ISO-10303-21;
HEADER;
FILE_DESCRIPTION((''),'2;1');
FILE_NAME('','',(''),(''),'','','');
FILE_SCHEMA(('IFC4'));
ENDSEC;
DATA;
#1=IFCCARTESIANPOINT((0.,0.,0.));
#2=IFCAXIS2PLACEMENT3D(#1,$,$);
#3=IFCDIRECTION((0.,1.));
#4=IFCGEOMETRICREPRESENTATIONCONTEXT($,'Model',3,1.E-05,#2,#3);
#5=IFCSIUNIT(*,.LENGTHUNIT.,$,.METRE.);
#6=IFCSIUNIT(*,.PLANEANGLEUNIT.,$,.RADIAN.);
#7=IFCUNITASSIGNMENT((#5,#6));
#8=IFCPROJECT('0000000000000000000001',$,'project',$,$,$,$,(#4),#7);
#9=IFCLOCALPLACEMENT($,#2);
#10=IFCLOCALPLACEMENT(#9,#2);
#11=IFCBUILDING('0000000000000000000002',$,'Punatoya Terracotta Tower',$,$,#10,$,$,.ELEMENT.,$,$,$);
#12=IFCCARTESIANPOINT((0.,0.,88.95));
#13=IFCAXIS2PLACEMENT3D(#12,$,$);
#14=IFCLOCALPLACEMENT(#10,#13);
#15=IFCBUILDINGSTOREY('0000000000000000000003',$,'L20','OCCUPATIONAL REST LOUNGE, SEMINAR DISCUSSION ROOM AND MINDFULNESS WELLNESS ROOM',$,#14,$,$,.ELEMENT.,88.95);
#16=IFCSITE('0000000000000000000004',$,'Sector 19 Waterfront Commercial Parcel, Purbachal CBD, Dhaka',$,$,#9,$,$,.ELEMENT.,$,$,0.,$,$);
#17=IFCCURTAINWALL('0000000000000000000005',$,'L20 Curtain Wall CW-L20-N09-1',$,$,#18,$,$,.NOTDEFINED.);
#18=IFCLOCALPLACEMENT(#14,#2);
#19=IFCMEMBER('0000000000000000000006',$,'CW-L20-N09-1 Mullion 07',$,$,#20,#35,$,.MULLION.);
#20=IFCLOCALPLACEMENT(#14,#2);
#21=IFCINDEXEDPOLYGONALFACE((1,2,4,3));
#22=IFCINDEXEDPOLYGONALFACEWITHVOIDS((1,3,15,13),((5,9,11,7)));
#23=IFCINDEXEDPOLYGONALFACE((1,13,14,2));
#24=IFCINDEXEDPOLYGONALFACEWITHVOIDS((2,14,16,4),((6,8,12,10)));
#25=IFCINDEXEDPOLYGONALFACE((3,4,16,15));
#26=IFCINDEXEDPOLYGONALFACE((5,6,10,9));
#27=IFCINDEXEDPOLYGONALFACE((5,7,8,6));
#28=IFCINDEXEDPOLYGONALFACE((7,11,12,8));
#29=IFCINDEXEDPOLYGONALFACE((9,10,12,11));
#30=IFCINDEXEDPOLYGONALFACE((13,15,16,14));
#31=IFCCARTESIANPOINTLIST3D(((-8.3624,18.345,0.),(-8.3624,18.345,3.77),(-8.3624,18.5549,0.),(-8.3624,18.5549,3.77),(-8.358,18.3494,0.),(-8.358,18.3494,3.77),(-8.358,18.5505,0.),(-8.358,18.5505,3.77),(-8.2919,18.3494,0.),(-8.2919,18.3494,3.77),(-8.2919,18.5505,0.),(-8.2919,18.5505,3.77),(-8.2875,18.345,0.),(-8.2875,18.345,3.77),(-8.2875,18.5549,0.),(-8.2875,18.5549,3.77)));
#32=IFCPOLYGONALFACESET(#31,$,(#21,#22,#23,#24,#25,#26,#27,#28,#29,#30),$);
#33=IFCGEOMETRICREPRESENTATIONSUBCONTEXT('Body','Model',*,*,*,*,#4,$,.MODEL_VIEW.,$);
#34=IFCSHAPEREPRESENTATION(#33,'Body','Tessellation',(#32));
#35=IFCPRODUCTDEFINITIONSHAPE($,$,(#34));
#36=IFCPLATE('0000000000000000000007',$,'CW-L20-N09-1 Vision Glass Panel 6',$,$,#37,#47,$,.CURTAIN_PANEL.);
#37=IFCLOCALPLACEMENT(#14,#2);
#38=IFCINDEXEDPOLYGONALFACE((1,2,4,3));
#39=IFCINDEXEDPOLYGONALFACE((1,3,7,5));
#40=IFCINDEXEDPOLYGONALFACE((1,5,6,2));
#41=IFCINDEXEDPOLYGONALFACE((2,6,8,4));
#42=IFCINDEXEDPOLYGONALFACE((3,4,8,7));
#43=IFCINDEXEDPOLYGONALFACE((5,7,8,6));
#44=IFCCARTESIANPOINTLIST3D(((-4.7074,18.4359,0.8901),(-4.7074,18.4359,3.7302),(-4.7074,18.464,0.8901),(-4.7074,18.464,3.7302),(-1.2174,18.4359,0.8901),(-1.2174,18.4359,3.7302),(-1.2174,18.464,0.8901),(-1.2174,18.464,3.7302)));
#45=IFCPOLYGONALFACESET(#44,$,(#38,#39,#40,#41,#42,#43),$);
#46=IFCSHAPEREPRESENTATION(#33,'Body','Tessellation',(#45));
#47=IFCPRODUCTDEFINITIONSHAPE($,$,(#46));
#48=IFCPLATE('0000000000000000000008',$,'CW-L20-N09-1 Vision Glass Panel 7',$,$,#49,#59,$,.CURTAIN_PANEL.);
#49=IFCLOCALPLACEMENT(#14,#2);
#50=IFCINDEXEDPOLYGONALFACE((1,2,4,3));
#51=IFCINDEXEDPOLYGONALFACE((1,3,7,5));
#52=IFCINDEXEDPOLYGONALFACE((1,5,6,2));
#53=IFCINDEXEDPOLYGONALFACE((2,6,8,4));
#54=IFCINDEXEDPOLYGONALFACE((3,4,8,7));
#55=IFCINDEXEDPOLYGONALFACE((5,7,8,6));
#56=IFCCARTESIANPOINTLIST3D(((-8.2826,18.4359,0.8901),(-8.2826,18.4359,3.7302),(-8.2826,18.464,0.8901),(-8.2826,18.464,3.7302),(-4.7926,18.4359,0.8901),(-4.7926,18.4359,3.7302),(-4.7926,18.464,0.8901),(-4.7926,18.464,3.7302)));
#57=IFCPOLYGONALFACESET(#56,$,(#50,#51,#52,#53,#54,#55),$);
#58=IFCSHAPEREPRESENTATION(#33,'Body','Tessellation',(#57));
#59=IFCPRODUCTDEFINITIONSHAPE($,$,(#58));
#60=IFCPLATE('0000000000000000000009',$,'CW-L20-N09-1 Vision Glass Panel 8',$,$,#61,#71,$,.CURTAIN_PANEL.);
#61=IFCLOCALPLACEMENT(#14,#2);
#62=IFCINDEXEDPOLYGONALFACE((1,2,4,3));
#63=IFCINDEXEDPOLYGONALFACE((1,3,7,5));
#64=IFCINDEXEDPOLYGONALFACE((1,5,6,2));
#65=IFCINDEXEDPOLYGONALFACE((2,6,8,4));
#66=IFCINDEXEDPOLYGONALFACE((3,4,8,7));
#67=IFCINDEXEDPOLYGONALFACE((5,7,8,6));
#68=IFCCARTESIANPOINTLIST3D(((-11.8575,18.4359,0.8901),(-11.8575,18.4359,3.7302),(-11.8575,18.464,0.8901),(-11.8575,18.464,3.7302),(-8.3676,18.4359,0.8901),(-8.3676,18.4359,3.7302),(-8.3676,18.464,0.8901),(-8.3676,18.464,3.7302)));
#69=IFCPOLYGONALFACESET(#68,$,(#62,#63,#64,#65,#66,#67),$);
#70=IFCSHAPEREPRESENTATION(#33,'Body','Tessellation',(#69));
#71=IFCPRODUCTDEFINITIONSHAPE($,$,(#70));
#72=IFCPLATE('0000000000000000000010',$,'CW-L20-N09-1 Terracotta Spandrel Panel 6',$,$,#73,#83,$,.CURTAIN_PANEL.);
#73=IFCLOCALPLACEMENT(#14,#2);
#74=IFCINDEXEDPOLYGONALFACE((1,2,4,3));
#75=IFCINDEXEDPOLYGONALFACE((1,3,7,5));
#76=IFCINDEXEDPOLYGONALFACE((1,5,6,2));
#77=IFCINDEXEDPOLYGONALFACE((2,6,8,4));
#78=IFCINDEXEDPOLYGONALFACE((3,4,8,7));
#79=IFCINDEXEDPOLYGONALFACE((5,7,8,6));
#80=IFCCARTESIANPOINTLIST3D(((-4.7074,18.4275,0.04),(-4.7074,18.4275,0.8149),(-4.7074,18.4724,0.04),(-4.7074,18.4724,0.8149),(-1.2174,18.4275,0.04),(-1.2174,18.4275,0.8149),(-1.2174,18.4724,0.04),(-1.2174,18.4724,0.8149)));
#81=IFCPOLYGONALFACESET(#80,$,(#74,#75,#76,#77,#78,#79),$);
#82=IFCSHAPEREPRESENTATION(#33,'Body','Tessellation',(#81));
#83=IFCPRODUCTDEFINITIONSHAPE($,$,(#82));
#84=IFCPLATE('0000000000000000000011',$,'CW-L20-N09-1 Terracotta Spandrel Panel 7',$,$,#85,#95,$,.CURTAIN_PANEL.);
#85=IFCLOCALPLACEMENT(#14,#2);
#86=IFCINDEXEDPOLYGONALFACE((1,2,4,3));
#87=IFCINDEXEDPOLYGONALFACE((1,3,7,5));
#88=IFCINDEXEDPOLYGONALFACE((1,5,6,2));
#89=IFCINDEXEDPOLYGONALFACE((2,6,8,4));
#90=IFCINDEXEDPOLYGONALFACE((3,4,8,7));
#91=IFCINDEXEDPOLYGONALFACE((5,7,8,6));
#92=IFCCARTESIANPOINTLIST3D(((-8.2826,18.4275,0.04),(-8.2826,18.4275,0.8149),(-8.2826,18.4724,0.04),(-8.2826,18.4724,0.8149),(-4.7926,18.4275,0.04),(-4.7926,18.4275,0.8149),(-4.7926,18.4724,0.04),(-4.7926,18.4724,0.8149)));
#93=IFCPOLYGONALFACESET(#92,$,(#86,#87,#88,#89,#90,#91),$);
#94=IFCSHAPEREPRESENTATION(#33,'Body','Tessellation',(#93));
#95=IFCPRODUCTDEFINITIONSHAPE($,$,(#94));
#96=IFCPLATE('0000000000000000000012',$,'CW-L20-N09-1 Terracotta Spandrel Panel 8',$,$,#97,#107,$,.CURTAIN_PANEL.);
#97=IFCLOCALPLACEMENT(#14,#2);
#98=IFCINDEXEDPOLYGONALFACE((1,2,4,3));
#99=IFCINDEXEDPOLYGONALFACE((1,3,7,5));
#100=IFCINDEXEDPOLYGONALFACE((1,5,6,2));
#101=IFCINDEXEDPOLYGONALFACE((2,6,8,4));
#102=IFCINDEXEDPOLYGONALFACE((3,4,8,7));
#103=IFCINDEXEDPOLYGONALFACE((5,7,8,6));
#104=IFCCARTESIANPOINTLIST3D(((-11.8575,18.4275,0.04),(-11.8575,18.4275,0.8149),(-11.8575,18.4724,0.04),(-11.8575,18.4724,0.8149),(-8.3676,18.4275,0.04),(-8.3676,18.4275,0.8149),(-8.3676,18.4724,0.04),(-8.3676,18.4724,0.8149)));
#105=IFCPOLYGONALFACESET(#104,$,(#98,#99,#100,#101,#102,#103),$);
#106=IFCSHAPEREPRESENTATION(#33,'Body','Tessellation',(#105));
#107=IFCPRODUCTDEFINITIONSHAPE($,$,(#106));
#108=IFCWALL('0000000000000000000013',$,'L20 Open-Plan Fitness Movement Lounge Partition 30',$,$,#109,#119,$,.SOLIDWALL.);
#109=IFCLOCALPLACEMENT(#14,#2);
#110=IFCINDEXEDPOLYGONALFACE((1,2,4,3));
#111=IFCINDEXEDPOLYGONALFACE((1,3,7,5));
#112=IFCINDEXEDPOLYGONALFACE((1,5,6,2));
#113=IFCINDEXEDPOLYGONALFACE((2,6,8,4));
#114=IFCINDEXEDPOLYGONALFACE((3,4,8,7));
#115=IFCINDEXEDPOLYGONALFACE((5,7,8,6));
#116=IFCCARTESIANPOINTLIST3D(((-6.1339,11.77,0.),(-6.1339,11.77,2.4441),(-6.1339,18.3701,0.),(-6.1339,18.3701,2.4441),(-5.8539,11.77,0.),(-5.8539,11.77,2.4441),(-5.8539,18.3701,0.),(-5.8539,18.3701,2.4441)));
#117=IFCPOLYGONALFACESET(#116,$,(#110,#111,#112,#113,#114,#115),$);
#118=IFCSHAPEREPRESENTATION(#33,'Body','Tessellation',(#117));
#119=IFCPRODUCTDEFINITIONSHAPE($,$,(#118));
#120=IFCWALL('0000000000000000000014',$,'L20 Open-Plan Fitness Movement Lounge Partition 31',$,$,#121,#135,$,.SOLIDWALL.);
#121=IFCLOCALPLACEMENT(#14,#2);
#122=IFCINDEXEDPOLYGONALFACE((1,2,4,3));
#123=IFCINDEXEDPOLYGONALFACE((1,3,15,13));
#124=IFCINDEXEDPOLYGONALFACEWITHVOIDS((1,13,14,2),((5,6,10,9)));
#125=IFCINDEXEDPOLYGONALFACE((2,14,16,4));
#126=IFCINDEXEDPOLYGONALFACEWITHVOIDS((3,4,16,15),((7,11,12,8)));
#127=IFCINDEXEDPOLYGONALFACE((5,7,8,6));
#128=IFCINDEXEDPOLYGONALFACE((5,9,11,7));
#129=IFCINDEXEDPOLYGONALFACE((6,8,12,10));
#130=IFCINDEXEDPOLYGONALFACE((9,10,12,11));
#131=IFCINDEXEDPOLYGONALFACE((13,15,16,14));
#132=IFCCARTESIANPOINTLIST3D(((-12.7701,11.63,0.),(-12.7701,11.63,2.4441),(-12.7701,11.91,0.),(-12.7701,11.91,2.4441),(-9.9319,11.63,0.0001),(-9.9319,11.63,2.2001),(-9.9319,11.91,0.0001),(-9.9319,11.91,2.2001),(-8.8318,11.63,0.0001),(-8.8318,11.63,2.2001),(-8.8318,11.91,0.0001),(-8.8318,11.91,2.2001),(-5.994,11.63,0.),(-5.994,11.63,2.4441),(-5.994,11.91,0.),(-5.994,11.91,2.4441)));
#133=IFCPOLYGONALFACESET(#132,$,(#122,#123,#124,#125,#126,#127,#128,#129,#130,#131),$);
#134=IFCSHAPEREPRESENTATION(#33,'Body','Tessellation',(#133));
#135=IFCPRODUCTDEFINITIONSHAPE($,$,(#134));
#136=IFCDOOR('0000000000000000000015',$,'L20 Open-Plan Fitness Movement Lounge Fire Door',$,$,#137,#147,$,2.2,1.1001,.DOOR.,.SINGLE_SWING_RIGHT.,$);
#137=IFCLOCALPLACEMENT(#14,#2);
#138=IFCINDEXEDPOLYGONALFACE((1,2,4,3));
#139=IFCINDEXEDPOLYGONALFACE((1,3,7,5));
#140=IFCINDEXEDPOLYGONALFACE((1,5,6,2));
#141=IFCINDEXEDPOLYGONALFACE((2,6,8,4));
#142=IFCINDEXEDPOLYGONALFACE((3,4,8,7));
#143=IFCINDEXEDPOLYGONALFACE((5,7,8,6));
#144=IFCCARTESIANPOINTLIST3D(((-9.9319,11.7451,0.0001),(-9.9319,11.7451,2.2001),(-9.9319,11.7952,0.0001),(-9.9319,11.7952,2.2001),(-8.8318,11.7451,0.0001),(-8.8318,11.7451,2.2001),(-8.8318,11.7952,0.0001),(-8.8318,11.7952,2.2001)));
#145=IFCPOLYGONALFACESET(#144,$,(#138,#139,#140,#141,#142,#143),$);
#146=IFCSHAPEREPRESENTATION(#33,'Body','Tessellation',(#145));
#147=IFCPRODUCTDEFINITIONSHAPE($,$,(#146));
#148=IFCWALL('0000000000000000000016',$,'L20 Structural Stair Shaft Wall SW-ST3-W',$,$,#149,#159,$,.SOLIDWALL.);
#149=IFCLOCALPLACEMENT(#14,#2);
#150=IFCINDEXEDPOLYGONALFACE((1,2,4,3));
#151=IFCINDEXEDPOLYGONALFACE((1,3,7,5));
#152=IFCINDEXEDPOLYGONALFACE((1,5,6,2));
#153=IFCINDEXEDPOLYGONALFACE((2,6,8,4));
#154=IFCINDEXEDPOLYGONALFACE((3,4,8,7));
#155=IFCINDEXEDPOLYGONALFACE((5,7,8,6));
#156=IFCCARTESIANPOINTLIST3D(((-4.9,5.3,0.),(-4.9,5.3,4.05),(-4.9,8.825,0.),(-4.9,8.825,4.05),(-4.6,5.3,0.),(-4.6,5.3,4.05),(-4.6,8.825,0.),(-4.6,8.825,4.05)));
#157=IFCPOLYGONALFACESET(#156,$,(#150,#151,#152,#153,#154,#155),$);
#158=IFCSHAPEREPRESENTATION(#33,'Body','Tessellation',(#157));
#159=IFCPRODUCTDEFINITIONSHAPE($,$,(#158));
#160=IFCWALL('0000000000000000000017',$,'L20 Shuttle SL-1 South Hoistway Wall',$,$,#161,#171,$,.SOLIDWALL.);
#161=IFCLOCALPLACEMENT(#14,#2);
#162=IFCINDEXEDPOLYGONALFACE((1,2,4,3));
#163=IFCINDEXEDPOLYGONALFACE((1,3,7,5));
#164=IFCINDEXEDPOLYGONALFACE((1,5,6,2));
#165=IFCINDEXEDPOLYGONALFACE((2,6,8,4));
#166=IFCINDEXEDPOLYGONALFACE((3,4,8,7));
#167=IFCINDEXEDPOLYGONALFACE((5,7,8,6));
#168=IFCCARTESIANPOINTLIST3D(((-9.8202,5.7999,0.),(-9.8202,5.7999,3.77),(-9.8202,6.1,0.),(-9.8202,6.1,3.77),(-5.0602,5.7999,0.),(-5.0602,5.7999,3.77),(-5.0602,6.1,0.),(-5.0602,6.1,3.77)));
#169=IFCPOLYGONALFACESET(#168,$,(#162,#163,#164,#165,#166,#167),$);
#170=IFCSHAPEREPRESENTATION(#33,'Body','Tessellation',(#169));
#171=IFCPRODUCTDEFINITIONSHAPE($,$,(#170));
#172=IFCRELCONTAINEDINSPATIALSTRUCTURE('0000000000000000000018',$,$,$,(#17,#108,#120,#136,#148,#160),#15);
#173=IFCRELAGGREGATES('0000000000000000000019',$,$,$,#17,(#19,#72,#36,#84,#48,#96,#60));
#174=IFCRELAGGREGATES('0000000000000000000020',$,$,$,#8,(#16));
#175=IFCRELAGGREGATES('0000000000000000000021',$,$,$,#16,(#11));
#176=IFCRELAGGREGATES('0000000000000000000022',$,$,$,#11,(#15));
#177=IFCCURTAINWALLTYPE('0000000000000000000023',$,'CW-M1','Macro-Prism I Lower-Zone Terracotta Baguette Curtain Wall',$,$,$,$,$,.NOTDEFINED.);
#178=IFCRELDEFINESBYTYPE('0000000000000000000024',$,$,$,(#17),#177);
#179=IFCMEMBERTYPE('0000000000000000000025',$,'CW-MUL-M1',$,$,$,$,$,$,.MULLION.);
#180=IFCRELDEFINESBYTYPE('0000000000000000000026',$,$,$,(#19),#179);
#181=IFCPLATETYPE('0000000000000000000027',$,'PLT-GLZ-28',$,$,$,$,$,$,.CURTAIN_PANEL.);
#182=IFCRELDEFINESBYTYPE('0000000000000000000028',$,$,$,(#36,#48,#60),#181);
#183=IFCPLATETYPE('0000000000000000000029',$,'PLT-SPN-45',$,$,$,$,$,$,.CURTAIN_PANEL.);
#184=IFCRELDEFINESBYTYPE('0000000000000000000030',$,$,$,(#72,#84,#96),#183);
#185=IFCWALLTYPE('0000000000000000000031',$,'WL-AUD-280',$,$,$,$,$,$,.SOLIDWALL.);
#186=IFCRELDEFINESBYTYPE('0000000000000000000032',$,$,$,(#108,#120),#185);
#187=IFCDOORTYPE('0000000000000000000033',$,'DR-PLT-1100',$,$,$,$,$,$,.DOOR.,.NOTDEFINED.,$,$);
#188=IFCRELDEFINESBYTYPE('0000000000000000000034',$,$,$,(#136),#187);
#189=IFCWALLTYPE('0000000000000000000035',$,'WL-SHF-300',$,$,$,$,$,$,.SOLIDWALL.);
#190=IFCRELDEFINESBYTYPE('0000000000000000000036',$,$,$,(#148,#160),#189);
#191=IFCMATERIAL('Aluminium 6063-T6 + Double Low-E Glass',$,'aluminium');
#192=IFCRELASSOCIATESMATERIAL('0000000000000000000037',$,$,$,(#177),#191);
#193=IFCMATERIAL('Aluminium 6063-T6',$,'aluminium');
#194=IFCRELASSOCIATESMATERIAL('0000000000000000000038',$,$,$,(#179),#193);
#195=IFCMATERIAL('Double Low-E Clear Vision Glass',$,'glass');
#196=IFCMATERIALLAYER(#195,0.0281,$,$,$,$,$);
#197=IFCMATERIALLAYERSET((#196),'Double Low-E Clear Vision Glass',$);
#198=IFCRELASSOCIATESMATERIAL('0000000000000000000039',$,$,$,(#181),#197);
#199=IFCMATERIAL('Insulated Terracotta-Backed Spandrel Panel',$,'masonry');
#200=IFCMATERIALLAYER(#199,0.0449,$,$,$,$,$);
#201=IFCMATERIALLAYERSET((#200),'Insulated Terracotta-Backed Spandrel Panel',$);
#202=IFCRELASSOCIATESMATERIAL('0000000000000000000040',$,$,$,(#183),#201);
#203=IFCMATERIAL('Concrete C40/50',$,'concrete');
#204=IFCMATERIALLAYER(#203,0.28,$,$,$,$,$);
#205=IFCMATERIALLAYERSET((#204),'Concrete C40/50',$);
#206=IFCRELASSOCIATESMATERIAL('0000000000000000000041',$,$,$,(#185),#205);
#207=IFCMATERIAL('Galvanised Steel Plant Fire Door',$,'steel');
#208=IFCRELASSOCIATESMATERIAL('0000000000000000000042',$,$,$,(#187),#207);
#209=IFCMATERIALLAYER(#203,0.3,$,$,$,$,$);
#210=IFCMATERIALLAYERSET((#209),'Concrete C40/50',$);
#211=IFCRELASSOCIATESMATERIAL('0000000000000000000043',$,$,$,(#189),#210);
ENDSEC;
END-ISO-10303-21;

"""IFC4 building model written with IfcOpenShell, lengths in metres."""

from ifc_helpers import new_model, si_unit, direction, frame, frame_2d, origin, origin_2d, place, context, subcontext, project, spatial, rectangle, hollow_rectangle, extrude, material, layer, layer_set, material_profile, profile_set, type_object, element, fill, aggregate, save


model = new_model("IFC4")

# Units and contexts
model_context = context("Model", 3, precision=1e-05, world=origin(), true_north=direction((0.0, 1.0)))
body_context = subcontext(model_context, "Body", "Model", "MODEL_VIEW")
ifc_project = project(units=[si_unit("LENGTHUNIT", "METRE"), si_unit("PLANEANGLEUNIT", "RADIAN")], contexts=[model_context])

# Site, building, storey
site_placement = place(None, origin())
site = spatial("IfcSite", under=ifc_project, at=site_placement, Name="Sector 19 Waterfront Commercial Parcel, Purbachal CBD, Dhaka", CompositionType="ELEMENT", RefElevation=0.0)
building_placement = place(site_placement, origin())
building = spatial("IfcBuilding", under=site, at=building_placement, Name="Punatoya Terracotta Tower", CompositionType="ELEMENT")
storey_placement = place(building_placement, frame((0.0, 0.0, 88.95)))
storey = spatial("IfcBuildingStorey", under=building, at=storey_placement, Name="L20", Description="OCCUPATIONAL REST LOUNGE, SEMINAR DISCUSSION ROOM AND MINDFULNESS WELLNESS ROOM", CompositionType="ELEMENT", Elevation=88.95)

# Curtain wall, member, plates
ifc_material_1 = material(Name="Aluminium 6063-T6 + Double Low-E Glass", Category="aluminium")
curtain_wall_type = type_object("IfcCurtainWallType", Name="CW-M1", Description="Macro-Prism I Lower-Zone Terracotta Baguette Curtain Wall", PredefinedType="NOTDEFINED", material=ifc_material_1)
curtain_wall_placement = place(storey_placement, origin())
curtain_wall = element("IfcCurtainWall", 1, at=curtain_wall_placement, inside=storey, type_object=curtain_wall_type, Name="L20 Curtain Wall CW-L20-N09-1", PredefinedType="NOTDEFINED")
ifc_material_2 = material(Name="Aluminium 6063-T6", Category="aluminium")
ifc_material_profile_1 = material_profile(ifc_material_2, hollow_rectangle(XDim=0.075, YDim=0.21, WallThickness=0.0044, at=origin_2d()))
ifc_profile_set_1 = profile_set([ifc_material_profile_1], Name="Aluminium 6063-T6")
member_type = type_object("IfcMemberType", Name="CW-MUL-M1", PredefinedType="MULLION", material=ifc_profile_set_1)
member_1_placement = place(storey_placement, frame((-8.325, 18.45, 0.0), z_axis=(0.0, 0.0, 1.0), x_axis=(1.0, 0.0, 0.0)))
member_1 = element("IfcMember", 2, at=member_1_placement, type_object=member_type, Name="CW-L20-N09-1 Mullion 07", PredefinedType="MULLION", context=body_context, shape_type="SweptSolid", body=[
    extrude(hollow_rectangle(XDim=0.075, YDim=0.21, WallThickness=0.0044, at=origin_2d()), origin(), (0.0, 0.0, 1.0), 3.77),
])
ifc_material_3 = material(Name="Double Low-E Clear Vision Glass", Category="glass")
ifc_layer_1 = layer(ifc_material_3, 0.0281)
ifc_layer_set_1 = layer_set([ifc_layer_1], Name="Double Low-E Clear Vision Glass")
plate_type_1 = type_object("IfcPlateType", Name="PLT-GLZ-28", PredefinedType="CURTAIN_PANEL", material=ifc_layer_set_1)
plate_1_placement = place(storey_placement, frame((-2.9624, 18.45, 0.8901), z_axis=(0.0, 0.0, 1.0), x_axis=(-1.0, 0.0, 0.0)))
plate_1 = element("IfcPlate", 3, at=plate_1_placement, type_object=plate_type_1, Name="CW-L20-N09-1 Vision Glass Panel 6", PredefinedType="CURTAIN_PANEL", context=body_context, shape_type="SweptSolid", body=[
    extrude(rectangle(XDim=3.49, YDim=0.0281, at=origin_2d()), origin(), (0.0, 0.0, 1.0), 2.8401),
])
plate_2_placement = place(storey_placement, frame((-6.5376, 18.45, 0.8901), z_axis=(0.0, 0.0, 1.0), x_axis=(-1.0, 0.0, 0.0)))
plate_2 = element("IfcPlate", 4, at=plate_2_placement, type_object=plate_type_1, Name="CW-L20-N09-1 Vision Glass Panel 7", PredefinedType="CURTAIN_PANEL", context=body_context, shape_type="SweptSolid", body=[
    extrude(rectangle(XDim=3.49, YDim=0.0281, at=origin_2d()), origin(), (0.0, 0.0, 1.0), 2.8401),
])
plate_3_placement = place(storey_placement, frame((-10.1125, 18.45, 0.8901), z_axis=(0.0, 0.0, 1.0), x_axis=(-1.0, 0.0, 0.0)))
plate_3 = element("IfcPlate", 5, at=plate_3_placement, type_object=plate_type_1, Name="CW-L20-N09-1 Vision Glass Panel 8", PredefinedType="CURTAIN_PANEL", context=body_context, shape_type="SweptSolid", body=[
    extrude(rectangle(XDim=3.49, YDim=0.0281, at=origin_2d()), origin(), (0.0, 0.0, 1.0), 2.8401),
])
ifc_material_4 = material(Name="Insulated Terracotta-Backed Spandrel Panel", Category="masonry")
ifc_layer_2 = layer(ifc_material_4, 0.0449)
ifc_layer_set_2 = layer_set([ifc_layer_2], Name="Insulated Terracotta-Backed Spandrel Panel")
plate_type_2 = type_object("IfcPlateType", Name="PLT-SPN-45", PredefinedType="CURTAIN_PANEL", material=ifc_layer_set_2)
plate_4_placement = place(storey_placement, frame((-2.9624, 18.45, 0.04), z_axis=(0.0, 0.0, 1.0), x_axis=(-1.0, 0.0, 0.0)))
plate_4 = element("IfcPlate", 6, at=plate_4_placement, type_object=plate_type_2, Name="CW-L20-N09-1 Terracotta Spandrel Panel 6", PredefinedType="CURTAIN_PANEL", context=body_context, shape_type="SweptSolid", body=[
    extrude(rectangle(XDim=3.49, YDim=0.0449, at=origin_2d()), origin(), (0.0, 0.0, 1.0), 0.7749),
])
plate_5_placement = place(storey_placement, frame((-6.5376, 18.45, 0.04), z_axis=(0.0, 0.0, 1.0), x_axis=(-1.0, 0.0, 0.0)))
plate_5 = element("IfcPlate", 7, at=plate_5_placement, type_object=plate_type_2, Name="CW-L20-N09-1 Terracotta Spandrel Panel 7", PredefinedType="CURTAIN_PANEL", context=body_context, shape_type="SweptSolid", body=[
    extrude(rectangle(XDim=3.49, YDim=0.0449, at=origin_2d()), origin(), (0.0, 0.0, 1.0), 0.7749),
])
plate_6_placement = place(storey_placement, frame((-10.1125, 18.45, 0.04), z_axis=(0.0, 0.0, 1.0), x_axis=(-1.0, 0.0, 0.0)))
plate_6 = element("IfcPlate", 8, at=plate_6_placement, type_object=plate_type_2, Name="CW-L20-N09-1 Terracotta Spandrel Panel 8", PredefinedType="CURTAIN_PANEL", context=body_context, shape_type="SweptSolid", body=[
    extrude(rectangle(XDim=3.49, YDim=0.0449, at=origin_2d()), origin(), (0.0, 0.0, 1.0), 0.7749),
])
aggregate(curtain_wall, [member_1, plate_4, plate_1, plate_5, plate_2, plate_6, plate_3])

# Wall
ifc_material_5 = material(Name="Concrete C40/50", Category="concrete")
ifc_layer_3 = layer(ifc_material_5, 0.28)
ifc_layer_set_3 = layer_set([ifc_layer_3], Name="Concrete C40/50")
wall_type_1 = type_object("IfcWallType", Name="WL-AUD-280", PredefinedType="SOLIDWALL", material=ifc_layer_set_3)
wall_1_placement = place(storey_placement, frame((-5.9939, 18.3701, 0.0), z_axis=(0.0, 0.0, 1.0), x_axis=(0.0, -1.0, 0.0)))
element("IfcWall", 9, at=wall_1_placement, inside=storey, type_object=wall_type_1, Name="L20 Open-Plan Fitness Movement Lounge Partition 30", PredefinedType="SOLIDWALL", context=body_context, shape_type="SweptSolid", body=[
    extrude(rectangle(XDim=6.6001, YDim=0.28, at=frame_2d((3.3, 0.0))), origin(), (0.0, 0.0, 1.0), 2.4441),
])

# Wall, opening, door
wall_2_placement = place(storey_placement, frame((-5.9939, 11.77, 0.0), z_axis=(0.0, 0.0, 1.0), x_axis=(-1.0, 0.0, 0.0)))
wall_2 = element("IfcWall", 10, at=wall_2_placement, inside=storey, type_object=wall_type_1, Name="L20 Open-Plan Fitness Movement Lounge Partition 31", PredefinedType="SOLIDWALL", context=body_context, shape_type="SweptSolid", body=[
    extrude(rectangle(XDim=6.7761, YDim=0.28, at=frame_2d((3.3882, 0.0))), origin(), (0.0, 0.0, 1.0), 2.4441),
])
opening_placement = place(wall_2_placement, frame((2.8379, 0.0, 0.0)))
opening = element("IfcOpeningElement", 11, at=opening_placement, cuts=wall_2, PredefinedType="OPENING", context=body_context, shape_type="SweptSolid", body=[
    extrude(rectangle(XDim=1.1001, YDim=2.2, at=frame_2d((0.55, 1.1001))), frame((0.0, 0.1499, 0.0), z_axis=(0.0, -1.0, 0.0), x_axis=(1.0, 0.0, 0.0)), (0.0, 0.0, 1.0), 0.3),
])
ifc_material_6 = material(Name="Galvanised Steel Plant Fire Door", Category="steel")
door_type = type_object("IfcDoorType", Name="DR-PLT-1100", OperationType="NOTDEFINED", PredefinedType="DOOR", material=ifc_material_6)
door_placement = place(opening_placement, origin())
door = element("IfcDoor", 12, at=door_placement, inside=storey, type_object=door_type, Name="L20 Open-Plan Fitness Movement Lounge Fire Door", OperationType="SINGLE_SWING_RIGHT", OverallHeight=2.2, OverallWidth=1.1001, PredefinedType="DOOR", context=body_context, shape_type="SweptSolid", body=[
    extrude(rectangle(XDim=1.1001, YDim=2.2, at=frame_2d((0.55, 1.1001))), frame((0.0, 0.0249, 0.0), z_axis=(0.0, -1.0, 0.0), x_axis=(1.0, 0.0, 0.0)), (0.0, 0.0, 1.0), 0.05),
])
fill(opening, door)

# Walls
ifc_layer_4 = layer(ifc_material_5, 0.3)
ifc_layer_set_4 = layer_set([ifc_layer_4], Name="Concrete C40/50")
wall_type_2 = type_object("IfcWallType", Name="WL-SHF-300", PredefinedType="SOLIDWALL", material=ifc_layer_set_4)
wall_3_placement = place(storey_placement, frame((-4.75, 5.3, 0.0), z_axis=(0.0, 0.0, 1.0), x_axis=(0.0, 1.0, 0.0)))
element("IfcWall", 13, at=wall_3_placement, inside=storey, type_object=wall_type_2, Name="L20 Structural Stair Shaft Wall SW-ST3-W", PredefinedType="SOLIDWALL", context=body_context, shape_type="SweptSolid", body=[
    extrude(rectangle(XDim=3.5249, YDim=0.3, at=frame_2d((1.7625, 0.0))), origin(), (0.0, 0.0, 1.0), 4.05),
])
wall_4_placement = place(storey_placement, frame((-9.8201, 5.95, 0.0), z_axis=(0.0, 0.0, 1.0), x_axis=(1.0, 0.0, 0.0)))
element("IfcWall", 14, at=wall_4_placement, inside=storey, type_object=wall_type_2, Name="L20 Shuttle SL-1 South Hoistway Wall", PredefinedType="SOLIDWALL", context=body_context, shape_type="SweptSolid", body=[
    extrude(rectangle(XDim=4.76, YDim=0.3, at=frame_2d((2.3799, 0.0))), origin(), (0.0, 0.0, 1.0), 3.77),
])

save(model, "model.ifc")
